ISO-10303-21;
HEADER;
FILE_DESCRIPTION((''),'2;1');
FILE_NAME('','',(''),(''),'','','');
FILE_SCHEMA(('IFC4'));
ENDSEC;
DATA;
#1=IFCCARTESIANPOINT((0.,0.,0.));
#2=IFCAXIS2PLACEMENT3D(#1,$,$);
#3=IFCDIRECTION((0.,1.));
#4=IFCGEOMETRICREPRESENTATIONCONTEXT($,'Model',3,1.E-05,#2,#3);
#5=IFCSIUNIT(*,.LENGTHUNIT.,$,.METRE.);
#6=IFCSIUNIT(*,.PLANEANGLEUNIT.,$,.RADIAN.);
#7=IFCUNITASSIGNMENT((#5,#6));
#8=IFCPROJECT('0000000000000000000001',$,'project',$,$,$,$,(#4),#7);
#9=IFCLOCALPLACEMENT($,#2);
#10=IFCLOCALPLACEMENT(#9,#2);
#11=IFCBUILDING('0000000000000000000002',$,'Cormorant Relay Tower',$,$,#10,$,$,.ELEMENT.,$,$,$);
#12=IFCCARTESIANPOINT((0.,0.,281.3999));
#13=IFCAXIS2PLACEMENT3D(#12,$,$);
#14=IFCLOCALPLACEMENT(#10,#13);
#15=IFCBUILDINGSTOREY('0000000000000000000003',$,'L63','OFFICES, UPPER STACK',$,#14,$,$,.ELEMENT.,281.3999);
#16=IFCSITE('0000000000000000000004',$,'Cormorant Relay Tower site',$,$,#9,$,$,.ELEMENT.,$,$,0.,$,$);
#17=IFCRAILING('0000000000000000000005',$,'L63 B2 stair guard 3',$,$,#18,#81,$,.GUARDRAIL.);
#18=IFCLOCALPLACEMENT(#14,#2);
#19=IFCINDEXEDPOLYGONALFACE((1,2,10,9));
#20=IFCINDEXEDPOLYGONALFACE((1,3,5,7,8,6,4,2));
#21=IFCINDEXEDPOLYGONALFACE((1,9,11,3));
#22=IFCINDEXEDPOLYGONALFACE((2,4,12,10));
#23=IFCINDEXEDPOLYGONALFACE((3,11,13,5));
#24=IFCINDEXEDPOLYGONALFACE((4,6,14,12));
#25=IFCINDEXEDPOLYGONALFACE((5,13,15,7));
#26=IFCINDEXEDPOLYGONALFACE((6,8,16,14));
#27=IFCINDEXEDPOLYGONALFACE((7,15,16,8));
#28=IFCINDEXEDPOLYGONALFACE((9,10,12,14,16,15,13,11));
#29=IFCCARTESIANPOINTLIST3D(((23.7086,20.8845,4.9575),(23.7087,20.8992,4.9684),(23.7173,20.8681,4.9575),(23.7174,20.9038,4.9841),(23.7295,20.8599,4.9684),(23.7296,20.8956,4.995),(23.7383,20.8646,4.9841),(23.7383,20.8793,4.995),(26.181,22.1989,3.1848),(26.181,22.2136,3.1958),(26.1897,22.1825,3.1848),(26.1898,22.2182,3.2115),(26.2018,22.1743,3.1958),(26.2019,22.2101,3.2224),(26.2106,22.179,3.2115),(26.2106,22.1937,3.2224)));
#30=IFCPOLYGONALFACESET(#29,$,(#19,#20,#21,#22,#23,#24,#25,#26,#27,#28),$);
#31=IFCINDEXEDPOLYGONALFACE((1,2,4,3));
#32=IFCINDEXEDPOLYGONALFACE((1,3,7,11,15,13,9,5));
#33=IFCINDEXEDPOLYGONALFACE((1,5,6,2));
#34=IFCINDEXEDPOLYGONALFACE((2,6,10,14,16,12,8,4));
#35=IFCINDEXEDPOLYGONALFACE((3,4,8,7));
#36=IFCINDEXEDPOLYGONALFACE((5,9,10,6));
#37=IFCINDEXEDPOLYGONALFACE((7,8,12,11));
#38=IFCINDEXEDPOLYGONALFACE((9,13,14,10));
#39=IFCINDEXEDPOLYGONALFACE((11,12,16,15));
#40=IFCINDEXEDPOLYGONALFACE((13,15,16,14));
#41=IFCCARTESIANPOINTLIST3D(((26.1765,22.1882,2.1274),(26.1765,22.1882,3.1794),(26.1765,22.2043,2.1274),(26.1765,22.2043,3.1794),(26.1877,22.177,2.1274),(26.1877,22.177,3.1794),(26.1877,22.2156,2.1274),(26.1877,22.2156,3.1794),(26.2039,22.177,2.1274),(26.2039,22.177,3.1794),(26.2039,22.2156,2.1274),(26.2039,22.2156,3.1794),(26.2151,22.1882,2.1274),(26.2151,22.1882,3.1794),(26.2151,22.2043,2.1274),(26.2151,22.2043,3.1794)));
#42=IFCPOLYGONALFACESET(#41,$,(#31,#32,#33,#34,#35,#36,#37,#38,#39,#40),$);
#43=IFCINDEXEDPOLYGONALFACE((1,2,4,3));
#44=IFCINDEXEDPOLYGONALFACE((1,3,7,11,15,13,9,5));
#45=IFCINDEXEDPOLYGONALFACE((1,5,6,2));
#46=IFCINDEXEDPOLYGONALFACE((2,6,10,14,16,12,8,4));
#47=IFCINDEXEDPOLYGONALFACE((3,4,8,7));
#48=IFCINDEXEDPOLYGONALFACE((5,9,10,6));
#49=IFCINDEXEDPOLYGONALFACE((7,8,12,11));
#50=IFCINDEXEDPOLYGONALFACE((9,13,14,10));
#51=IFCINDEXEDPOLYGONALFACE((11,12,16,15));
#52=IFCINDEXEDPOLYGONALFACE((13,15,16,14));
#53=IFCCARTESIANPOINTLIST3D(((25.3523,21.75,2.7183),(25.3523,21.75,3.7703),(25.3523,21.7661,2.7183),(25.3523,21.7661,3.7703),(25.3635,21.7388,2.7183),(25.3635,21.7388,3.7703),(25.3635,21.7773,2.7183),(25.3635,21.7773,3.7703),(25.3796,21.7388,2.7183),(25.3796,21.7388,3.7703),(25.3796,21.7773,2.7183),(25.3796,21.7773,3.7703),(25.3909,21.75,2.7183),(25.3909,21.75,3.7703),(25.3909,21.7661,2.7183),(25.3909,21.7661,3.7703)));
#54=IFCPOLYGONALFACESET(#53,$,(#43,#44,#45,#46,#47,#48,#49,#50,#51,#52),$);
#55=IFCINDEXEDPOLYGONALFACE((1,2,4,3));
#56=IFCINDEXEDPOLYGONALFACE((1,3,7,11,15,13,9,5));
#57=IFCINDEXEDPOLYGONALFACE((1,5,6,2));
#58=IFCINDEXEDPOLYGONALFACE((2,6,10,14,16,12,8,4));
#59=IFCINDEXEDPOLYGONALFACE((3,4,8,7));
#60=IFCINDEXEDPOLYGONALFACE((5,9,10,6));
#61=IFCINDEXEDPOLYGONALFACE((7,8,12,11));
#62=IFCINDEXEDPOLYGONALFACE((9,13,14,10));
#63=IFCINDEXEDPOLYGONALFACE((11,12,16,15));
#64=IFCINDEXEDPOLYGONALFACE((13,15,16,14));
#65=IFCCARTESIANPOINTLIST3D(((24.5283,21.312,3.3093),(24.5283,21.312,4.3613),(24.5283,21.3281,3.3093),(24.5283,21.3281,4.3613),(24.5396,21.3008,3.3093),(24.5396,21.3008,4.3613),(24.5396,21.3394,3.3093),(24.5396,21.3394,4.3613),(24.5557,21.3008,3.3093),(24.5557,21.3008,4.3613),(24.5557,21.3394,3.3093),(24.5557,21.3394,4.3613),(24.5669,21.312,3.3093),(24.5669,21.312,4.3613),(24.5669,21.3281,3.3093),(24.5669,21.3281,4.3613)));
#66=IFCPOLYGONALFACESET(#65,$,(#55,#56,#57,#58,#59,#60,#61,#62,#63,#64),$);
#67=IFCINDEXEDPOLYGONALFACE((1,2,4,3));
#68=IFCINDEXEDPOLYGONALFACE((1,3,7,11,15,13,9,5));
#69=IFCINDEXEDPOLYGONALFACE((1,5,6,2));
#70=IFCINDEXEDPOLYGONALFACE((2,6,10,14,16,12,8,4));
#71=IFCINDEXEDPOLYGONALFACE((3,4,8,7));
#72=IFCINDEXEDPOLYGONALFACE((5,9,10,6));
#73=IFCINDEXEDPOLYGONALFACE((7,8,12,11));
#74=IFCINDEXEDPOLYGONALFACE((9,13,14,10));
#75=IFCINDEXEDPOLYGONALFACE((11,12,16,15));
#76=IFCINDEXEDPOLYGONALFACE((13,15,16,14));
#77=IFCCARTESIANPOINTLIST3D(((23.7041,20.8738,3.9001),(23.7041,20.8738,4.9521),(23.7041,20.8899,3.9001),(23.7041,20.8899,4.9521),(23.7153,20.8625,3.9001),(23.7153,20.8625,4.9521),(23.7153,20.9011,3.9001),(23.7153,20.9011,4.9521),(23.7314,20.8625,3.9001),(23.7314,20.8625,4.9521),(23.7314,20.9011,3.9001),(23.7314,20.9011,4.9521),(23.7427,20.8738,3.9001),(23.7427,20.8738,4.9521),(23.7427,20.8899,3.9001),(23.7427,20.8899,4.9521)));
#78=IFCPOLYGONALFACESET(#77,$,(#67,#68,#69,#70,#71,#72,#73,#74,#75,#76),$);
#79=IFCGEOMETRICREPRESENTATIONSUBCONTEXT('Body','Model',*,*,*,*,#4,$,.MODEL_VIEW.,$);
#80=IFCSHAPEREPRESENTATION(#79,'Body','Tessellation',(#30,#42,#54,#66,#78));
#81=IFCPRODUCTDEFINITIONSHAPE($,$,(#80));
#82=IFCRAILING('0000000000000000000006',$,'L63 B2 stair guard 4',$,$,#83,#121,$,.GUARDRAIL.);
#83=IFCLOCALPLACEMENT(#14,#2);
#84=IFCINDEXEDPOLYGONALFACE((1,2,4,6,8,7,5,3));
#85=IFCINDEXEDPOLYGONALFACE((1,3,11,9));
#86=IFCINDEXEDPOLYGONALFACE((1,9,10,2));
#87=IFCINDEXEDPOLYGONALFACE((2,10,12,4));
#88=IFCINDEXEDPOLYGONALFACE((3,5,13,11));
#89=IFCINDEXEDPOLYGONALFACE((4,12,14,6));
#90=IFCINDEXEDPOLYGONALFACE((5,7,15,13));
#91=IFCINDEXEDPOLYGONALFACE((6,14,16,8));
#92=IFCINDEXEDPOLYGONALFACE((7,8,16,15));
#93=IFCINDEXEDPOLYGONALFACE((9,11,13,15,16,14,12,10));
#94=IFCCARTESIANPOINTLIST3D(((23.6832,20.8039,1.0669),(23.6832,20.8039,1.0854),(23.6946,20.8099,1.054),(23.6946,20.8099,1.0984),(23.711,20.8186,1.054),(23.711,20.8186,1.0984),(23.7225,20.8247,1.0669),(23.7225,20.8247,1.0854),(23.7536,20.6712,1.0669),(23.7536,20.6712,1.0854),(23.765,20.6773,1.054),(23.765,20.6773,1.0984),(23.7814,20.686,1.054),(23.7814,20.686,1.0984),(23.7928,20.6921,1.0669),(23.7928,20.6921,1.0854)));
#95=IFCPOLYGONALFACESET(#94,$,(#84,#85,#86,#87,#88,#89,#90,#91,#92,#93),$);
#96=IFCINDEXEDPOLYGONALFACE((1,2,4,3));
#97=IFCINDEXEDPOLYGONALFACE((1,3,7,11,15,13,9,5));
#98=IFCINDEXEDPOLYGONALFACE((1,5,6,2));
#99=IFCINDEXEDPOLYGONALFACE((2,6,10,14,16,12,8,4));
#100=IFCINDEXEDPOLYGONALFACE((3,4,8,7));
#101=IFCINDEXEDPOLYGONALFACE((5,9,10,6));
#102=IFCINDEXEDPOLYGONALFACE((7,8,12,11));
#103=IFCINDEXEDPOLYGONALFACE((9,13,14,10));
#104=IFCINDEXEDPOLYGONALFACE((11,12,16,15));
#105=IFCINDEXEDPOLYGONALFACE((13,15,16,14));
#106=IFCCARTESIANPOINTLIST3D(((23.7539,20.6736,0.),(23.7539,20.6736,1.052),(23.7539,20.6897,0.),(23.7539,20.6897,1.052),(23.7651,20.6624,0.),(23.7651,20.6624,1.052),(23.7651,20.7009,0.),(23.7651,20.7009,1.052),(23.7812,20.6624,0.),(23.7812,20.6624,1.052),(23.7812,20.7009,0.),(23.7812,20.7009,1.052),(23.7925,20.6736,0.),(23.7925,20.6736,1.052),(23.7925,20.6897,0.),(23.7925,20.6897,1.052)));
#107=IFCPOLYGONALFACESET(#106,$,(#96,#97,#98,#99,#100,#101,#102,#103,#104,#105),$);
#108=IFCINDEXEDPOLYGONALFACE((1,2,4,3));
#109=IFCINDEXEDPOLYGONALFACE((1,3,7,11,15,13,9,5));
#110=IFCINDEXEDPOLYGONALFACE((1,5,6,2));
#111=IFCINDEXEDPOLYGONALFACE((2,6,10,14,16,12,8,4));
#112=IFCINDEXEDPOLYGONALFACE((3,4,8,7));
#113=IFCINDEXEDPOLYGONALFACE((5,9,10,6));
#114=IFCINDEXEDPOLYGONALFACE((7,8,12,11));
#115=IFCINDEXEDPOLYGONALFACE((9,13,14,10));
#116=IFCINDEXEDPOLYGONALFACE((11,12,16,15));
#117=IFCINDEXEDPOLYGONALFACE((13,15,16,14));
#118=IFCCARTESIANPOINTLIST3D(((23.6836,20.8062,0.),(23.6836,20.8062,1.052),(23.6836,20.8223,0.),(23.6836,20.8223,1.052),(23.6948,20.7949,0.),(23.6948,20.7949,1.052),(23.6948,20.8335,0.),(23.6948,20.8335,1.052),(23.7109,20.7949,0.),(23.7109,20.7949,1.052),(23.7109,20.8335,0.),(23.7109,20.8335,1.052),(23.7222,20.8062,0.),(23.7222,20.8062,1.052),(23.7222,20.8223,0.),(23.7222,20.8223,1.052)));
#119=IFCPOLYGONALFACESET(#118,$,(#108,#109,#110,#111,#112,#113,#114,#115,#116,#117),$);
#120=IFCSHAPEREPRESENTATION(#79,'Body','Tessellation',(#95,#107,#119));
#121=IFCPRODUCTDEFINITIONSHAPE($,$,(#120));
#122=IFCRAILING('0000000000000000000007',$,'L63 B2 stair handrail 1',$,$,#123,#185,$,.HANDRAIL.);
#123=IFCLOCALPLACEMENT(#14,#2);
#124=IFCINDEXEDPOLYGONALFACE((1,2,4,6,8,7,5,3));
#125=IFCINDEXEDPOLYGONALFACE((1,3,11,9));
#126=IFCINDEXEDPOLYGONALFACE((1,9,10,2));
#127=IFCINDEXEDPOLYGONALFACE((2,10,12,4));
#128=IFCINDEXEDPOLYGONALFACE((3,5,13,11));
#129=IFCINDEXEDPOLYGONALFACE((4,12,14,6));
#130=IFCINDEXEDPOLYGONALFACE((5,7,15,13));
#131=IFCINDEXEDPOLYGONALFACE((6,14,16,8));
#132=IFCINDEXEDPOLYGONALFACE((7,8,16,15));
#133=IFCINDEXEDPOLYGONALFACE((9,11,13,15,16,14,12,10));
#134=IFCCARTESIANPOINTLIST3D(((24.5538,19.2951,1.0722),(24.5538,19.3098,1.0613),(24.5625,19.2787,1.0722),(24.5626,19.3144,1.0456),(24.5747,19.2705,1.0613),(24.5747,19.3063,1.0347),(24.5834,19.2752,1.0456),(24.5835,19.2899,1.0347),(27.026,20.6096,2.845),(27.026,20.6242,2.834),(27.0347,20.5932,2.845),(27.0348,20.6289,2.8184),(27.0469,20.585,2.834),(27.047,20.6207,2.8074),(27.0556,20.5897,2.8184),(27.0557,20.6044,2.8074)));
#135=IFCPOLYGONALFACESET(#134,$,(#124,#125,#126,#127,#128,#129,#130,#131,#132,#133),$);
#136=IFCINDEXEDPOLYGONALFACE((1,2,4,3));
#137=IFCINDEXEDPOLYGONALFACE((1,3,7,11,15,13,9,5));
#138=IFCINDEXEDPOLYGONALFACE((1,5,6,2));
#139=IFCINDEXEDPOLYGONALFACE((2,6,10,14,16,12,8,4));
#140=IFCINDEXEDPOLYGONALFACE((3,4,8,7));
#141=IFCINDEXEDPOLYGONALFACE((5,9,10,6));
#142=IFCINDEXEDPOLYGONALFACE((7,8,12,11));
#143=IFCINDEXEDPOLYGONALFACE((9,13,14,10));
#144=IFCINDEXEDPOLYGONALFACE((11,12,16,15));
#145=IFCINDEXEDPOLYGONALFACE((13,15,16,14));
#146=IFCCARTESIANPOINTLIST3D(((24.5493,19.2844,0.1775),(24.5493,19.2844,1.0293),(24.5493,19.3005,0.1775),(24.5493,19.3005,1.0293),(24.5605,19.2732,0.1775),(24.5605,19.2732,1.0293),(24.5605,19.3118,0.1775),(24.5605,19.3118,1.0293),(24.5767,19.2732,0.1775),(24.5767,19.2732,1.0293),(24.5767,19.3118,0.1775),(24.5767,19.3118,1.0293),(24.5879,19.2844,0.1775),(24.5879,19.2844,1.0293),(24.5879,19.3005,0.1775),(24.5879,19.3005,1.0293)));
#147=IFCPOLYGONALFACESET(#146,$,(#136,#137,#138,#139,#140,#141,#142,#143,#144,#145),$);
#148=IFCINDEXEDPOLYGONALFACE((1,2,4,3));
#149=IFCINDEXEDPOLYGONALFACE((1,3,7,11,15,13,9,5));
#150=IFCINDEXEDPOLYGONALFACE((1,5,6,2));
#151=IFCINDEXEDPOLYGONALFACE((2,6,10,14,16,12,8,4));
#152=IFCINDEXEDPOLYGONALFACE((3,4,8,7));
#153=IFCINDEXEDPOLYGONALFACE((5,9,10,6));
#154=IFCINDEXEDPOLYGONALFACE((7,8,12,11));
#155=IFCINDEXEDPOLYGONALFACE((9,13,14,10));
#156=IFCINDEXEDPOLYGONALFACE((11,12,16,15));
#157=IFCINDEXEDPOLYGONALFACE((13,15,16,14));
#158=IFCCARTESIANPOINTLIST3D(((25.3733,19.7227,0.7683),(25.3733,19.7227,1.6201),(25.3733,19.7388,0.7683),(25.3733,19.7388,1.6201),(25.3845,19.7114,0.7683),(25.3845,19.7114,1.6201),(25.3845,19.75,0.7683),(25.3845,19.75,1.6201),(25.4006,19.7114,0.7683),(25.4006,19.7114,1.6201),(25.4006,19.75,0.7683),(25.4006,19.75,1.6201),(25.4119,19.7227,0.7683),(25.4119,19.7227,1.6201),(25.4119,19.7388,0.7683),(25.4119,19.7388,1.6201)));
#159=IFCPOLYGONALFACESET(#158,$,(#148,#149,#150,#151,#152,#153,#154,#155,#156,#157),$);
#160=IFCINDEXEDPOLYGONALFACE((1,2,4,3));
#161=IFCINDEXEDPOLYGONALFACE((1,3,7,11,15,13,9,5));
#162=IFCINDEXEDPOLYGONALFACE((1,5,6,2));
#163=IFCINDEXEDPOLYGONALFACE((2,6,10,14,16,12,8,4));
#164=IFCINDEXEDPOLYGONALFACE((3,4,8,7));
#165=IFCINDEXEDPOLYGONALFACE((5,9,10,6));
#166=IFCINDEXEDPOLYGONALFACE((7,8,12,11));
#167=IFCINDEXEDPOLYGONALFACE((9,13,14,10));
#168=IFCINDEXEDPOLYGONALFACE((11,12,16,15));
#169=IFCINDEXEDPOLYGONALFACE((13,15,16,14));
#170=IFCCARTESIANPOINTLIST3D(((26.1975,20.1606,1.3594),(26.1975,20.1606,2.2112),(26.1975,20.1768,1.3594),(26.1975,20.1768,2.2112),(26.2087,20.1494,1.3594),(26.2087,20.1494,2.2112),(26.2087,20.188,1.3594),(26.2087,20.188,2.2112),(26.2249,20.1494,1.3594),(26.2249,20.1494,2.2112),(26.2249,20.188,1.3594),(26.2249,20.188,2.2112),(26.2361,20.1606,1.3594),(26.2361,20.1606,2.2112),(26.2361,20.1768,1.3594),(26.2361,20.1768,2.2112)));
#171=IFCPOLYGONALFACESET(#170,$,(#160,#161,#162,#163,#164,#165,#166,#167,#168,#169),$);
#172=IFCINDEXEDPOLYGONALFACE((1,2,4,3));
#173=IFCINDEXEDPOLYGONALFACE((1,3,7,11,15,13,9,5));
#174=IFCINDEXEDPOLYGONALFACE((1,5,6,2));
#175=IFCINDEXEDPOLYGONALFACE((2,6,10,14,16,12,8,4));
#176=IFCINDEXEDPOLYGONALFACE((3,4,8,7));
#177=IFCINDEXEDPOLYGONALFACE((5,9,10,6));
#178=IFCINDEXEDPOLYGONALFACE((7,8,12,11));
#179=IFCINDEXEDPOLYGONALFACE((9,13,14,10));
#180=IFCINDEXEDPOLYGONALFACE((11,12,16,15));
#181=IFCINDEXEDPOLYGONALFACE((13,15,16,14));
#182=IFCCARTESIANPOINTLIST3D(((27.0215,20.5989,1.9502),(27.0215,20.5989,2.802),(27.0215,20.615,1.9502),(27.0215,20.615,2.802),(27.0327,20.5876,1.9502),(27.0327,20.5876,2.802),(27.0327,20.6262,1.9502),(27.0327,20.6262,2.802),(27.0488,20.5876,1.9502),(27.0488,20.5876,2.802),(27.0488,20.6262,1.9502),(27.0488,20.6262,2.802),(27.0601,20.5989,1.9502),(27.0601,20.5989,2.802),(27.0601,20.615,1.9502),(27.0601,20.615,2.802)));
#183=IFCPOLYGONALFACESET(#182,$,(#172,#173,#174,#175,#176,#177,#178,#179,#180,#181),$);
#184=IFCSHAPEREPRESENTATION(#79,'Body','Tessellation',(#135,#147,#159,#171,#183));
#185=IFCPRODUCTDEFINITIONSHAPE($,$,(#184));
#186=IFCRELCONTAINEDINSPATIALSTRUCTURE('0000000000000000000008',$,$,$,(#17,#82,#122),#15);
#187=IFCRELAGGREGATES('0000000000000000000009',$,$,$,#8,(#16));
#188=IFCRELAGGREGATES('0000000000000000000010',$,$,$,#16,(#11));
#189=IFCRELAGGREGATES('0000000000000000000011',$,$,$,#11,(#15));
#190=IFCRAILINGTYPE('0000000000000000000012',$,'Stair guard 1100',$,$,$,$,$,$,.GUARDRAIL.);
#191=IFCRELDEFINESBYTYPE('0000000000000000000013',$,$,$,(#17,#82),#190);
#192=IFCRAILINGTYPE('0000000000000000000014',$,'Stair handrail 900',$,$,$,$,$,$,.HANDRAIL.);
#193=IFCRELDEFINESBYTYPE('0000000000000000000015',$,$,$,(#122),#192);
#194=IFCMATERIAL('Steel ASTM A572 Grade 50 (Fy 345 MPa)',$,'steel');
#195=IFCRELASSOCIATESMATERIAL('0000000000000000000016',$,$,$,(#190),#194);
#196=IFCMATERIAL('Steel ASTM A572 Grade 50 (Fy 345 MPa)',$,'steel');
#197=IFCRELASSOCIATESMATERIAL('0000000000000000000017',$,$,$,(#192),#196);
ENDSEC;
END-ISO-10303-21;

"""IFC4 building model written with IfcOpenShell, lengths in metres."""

from ifc_helpers import new_model, si_unit, direction, frame, origin, place, context, subcontext, project, spatial, polyline, outline, extrude, material, type_object, element, save


model = new_model("IFC4")

# Units and contexts
model_context = context("Model", 3, precision=1e-05, world=origin(), true_north=direction((0.0, 1.0)))
body_context = subcontext(model_context, "Body", "Model", "MODEL_VIEW")
ifc_project = project(units=[si_unit("LENGTHUNIT", "METRE"), si_unit("PLANEANGLEUNIT", "RADIAN")], contexts=[model_context])

# Site, building, storey
site_placement = place(None, origin())
site = spatial("IfcSite", under=ifc_project, at=site_placement, Name="Cormorant Relay Tower site", CompositionType="ELEMENT", RefElevation=0.0)
building_placement = place(site_placement, origin())
building = spatial("IfcBuilding", under=site, at=building_placement, Name="Cormorant Relay Tower", CompositionType="ELEMENT")
storey_placement = place(building_placement, frame((0.0, 0.0, 281.3999)))
storey = spatial("IfcBuildingStorey", under=building, at=storey_placement, Name="L63", Description="OFFICES, UPPER STACK", CompositionType="ELEMENT", Elevation=281.3999)

# Railings
ifc_material_1 = material(Name="Steel ASTM A572 Grade 50 (Fy 345 MPa)", Category="steel")
railing_type_1 = type_object("IfcRailingType", Name="Stair guard 1100", PredefinedType="GUARDRAIL", material=ifc_material_1)
railing_1_placement = place(storey_placement, frame((26.1958, 22.1963, 2.1274)))
element("IfcRailing", 1, at=railing_1_placement, inside=storey, type_object=railing_type_1, Name="L63 B2 stair guard 3", PredefinedType="GUARDRAIL", context=body_context, shape_type="SweptSolid", body=[
    extrude(outline(polyline([(0.0222, 0.0093), (0.0093, 0.0222), (-0.0093, 0.0222), (-0.0222, 0.0093), (-0.0222, -0.0093), (-0.0093, -0.0222), (0.0093, -0.0222), (0.0222, -0.0093), (0.0222, 0.0093)])), frame((0.0, 0.0, 1.0762), z_axis=(-0.746034, -0.396627, 0.534902), x_axis=(0.469429, -0.88297, 0.0)), (0.0, 0.0, 1.0), 3.314),
    extrude(outline(polyline([(0.0193, 0.0081), (0.0081, 0.0193), (-0.0081, 0.0193), (-0.0193, 0.0081), (-0.0193, -0.0081), (-0.0081, -0.0193), (0.0081, -0.0193), (0.0193, -0.0081), (0.0193, 0.0081)])), origin(), (0.0, 0.0, 1.0), 1.052),
    extrude(outline(polyline([(0.0193, 0.0081), (0.0081, 0.0193), (-0.0081, 0.0193), (-0.0193, 0.0081), (-0.0193, -0.0081), (-0.0081, -0.0193), (0.0081, -0.0193), (0.0193, -0.0081), (0.0193, 0.0081)])), frame((-0.8242, -0.4382, 0.5908)), (0.0, 0.0, 1.0), 1.052),
    extrude(outline(polyline([(0.0193, 0.0081), (0.0081, 0.0193), (-0.0081, 0.0193), (-0.0193, 0.0081), (-0.0193, -0.0081), (-0.0081, -0.0193), (0.0081, -0.0193), (0.0193, -0.0081), (0.0193, 0.0081)])), frame((-1.6482, -0.8762, 1.1819)), (0.0, 0.0, 1.0), 1.052),
    extrude(outline(polyline([(0.0193, 0.0081), (0.0081, 0.0193), (-0.0081, 0.0193), (-0.0193, 0.0081), (-0.0193, -0.0081), (-0.0081, -0.0193), (0.0081, -0.0193), (0.0193, -0.0081), (0.0193, 0.0081)])), frame((-2.4724, -1.3145, 1.7727)), (0.0, 0.0, 1.0), 1.052),
])
railing_2_placement = place(storey_placement, frame((23.7732, 20.6816, 0.0)))
element("IfcRailing", 2, at=railing_2_placement, inside=storey, type_object=railing_type_1, Name="L63 B2 stair guard 4", PredefinedType="GUARDRAIL", context=body_context, shape_type="SweptSolid", body=[
    extrude(outline(polyline([(0.0222, 0.0093), (0.0093, 0.0222), (-0.0093, 0.0222), (-0.0222, 0.0093), (-0.0222, -0.0093), (-0.0093, -0.0222), (0.0093, -0.0222), (0.0222, -0.0093), (0.0222, 0.0093)])), frame((0.0, 0.0, 1.0762), z_axis=(-0.46856, 0.883431, 0.0), x_axis=(-0.883431, -0.46856, 0.0)), (0.0, 0.0, 1.0), 0.1501),
    extrude(outline(polyline([(0.0193, 0.0081), (0.0081, 0.0193), (-0.0081, 0.0193), (-0.0193, 0.0081), (-0.0193, -0.0081), (-0.0081, -0.0193), (0.0081, -0.0193), (0.0193, -0.0081), (0.0193, 0.0081)])), origin(), (0.0, 0.0, 1.0), 1.052),
    extrude(outline(polyline([(0.0193, 0.0081), (0.0081, 0.0193), (-0.0081, 0.0193), (-0.0193, 0.0081), (-0.0193, -0.0081), (-0.0081, -0.0193), (0.0081, -0.0193), (0.0193, -0.0081), (0.0193, 0.0081)])), frame((-0.0703, 0.1326, 0.0)), (0.0, 0.0, 1.0), 1.052),
])
ifc_material_2 = material(Name="Steel ASTM A572 Grade 50 (Fy 345 MPa)", Category="steel")
railing_type_2 = type_object("IfcRailingType", Name="Stair handrail 900", PredefinedType="HANDRAIL", material=ifc_material_2)
railing_3_placement = place(storey_placement, frame((24.5686, 19.2925, 0.1775)))
element("IfcRailing", 3, at=railing_3_placement, inside=storey, type_object=railing_type_2, Name="L63 B2 stair handrail 1", PredefinedType="HANDRAIL", context=body_context, shape_type="SweptSolid", body=[
    extrude(outline(polyline([(0.0222, 0.0093), (0.0093, 0.0222), (-0.0093, 0.0222), (-0.0222, 0.0093), (-0.0222, -0.0093), (-0.0093, -0.0222), (0.0093, -0.0222), (0.0222, -0.0093), (0.0222, 0.0093)])), frame((0.0, 0.0, 0.876), z_axis=(0.746001, 0.396649, 0.534931), x_axis=(-0.469465, 0.882951, 0.0)), (0.0, 0.0, 1.0), 3.314),
    extrude(outline(polyline([(0.0193, 0.0081), (0.0081, 0.0193), (-0.0081, 0.0193), (-0.0193, 0.0081), (-0.0193, -0.0081), (-0.0081, -0.0193), (0.0081, -0.0193), (0.0193, -0.0081), (0.0193, 0.0081)])), origin(), (0.0, 0.0, 1.0), 0.8518),
    extrude(outline(polyline([(0.0193, 0.0081), (0.0081, 0.0193), (-0.0081, 0.0193), (-0.0193, 0.0081), (-0.0193, -0.0081), (-0.0081, -0.0193), (0.0081, -0.0193), (0.0193, -0.0081), (0.0193, 0.0081)])), frame((0.824, 0.4382, 0.5908)), (0.0, 0.0, 1.0), 0.8518),
    extrude(outline(polyline([(0.0193, 0.0081), (0.0081, 0.0193), (-0.0081, 0.0193), (-0.0193, 0.0081), (-0.0193, -0.0081), (-0.0081, -0.0193), (0.0081, -0.0193), (0.0193, -0.0081), (0.0193, 0.0081)])), frame((1.6482, 0.8762, 1.1819)), (0.0, 0.0, 1.0), 0.8518),
    extrude(outline(polyline([(0.0193, 0.0081), (0.0081, 0.0193), (-0.0081, 0.0193), (-0.0193, 0.0081), (-0.0193, -0.0081), (-0.0081, -0.0193), (0.0081, -0.0193), (0.0193, -0.0081), (0.0193, 0.0081)])), frame((2.4722, 1.3145, 1.7727)), (0.0, 0.0, 1.0), 0.8518),
])

save(model, "model.ifc")
